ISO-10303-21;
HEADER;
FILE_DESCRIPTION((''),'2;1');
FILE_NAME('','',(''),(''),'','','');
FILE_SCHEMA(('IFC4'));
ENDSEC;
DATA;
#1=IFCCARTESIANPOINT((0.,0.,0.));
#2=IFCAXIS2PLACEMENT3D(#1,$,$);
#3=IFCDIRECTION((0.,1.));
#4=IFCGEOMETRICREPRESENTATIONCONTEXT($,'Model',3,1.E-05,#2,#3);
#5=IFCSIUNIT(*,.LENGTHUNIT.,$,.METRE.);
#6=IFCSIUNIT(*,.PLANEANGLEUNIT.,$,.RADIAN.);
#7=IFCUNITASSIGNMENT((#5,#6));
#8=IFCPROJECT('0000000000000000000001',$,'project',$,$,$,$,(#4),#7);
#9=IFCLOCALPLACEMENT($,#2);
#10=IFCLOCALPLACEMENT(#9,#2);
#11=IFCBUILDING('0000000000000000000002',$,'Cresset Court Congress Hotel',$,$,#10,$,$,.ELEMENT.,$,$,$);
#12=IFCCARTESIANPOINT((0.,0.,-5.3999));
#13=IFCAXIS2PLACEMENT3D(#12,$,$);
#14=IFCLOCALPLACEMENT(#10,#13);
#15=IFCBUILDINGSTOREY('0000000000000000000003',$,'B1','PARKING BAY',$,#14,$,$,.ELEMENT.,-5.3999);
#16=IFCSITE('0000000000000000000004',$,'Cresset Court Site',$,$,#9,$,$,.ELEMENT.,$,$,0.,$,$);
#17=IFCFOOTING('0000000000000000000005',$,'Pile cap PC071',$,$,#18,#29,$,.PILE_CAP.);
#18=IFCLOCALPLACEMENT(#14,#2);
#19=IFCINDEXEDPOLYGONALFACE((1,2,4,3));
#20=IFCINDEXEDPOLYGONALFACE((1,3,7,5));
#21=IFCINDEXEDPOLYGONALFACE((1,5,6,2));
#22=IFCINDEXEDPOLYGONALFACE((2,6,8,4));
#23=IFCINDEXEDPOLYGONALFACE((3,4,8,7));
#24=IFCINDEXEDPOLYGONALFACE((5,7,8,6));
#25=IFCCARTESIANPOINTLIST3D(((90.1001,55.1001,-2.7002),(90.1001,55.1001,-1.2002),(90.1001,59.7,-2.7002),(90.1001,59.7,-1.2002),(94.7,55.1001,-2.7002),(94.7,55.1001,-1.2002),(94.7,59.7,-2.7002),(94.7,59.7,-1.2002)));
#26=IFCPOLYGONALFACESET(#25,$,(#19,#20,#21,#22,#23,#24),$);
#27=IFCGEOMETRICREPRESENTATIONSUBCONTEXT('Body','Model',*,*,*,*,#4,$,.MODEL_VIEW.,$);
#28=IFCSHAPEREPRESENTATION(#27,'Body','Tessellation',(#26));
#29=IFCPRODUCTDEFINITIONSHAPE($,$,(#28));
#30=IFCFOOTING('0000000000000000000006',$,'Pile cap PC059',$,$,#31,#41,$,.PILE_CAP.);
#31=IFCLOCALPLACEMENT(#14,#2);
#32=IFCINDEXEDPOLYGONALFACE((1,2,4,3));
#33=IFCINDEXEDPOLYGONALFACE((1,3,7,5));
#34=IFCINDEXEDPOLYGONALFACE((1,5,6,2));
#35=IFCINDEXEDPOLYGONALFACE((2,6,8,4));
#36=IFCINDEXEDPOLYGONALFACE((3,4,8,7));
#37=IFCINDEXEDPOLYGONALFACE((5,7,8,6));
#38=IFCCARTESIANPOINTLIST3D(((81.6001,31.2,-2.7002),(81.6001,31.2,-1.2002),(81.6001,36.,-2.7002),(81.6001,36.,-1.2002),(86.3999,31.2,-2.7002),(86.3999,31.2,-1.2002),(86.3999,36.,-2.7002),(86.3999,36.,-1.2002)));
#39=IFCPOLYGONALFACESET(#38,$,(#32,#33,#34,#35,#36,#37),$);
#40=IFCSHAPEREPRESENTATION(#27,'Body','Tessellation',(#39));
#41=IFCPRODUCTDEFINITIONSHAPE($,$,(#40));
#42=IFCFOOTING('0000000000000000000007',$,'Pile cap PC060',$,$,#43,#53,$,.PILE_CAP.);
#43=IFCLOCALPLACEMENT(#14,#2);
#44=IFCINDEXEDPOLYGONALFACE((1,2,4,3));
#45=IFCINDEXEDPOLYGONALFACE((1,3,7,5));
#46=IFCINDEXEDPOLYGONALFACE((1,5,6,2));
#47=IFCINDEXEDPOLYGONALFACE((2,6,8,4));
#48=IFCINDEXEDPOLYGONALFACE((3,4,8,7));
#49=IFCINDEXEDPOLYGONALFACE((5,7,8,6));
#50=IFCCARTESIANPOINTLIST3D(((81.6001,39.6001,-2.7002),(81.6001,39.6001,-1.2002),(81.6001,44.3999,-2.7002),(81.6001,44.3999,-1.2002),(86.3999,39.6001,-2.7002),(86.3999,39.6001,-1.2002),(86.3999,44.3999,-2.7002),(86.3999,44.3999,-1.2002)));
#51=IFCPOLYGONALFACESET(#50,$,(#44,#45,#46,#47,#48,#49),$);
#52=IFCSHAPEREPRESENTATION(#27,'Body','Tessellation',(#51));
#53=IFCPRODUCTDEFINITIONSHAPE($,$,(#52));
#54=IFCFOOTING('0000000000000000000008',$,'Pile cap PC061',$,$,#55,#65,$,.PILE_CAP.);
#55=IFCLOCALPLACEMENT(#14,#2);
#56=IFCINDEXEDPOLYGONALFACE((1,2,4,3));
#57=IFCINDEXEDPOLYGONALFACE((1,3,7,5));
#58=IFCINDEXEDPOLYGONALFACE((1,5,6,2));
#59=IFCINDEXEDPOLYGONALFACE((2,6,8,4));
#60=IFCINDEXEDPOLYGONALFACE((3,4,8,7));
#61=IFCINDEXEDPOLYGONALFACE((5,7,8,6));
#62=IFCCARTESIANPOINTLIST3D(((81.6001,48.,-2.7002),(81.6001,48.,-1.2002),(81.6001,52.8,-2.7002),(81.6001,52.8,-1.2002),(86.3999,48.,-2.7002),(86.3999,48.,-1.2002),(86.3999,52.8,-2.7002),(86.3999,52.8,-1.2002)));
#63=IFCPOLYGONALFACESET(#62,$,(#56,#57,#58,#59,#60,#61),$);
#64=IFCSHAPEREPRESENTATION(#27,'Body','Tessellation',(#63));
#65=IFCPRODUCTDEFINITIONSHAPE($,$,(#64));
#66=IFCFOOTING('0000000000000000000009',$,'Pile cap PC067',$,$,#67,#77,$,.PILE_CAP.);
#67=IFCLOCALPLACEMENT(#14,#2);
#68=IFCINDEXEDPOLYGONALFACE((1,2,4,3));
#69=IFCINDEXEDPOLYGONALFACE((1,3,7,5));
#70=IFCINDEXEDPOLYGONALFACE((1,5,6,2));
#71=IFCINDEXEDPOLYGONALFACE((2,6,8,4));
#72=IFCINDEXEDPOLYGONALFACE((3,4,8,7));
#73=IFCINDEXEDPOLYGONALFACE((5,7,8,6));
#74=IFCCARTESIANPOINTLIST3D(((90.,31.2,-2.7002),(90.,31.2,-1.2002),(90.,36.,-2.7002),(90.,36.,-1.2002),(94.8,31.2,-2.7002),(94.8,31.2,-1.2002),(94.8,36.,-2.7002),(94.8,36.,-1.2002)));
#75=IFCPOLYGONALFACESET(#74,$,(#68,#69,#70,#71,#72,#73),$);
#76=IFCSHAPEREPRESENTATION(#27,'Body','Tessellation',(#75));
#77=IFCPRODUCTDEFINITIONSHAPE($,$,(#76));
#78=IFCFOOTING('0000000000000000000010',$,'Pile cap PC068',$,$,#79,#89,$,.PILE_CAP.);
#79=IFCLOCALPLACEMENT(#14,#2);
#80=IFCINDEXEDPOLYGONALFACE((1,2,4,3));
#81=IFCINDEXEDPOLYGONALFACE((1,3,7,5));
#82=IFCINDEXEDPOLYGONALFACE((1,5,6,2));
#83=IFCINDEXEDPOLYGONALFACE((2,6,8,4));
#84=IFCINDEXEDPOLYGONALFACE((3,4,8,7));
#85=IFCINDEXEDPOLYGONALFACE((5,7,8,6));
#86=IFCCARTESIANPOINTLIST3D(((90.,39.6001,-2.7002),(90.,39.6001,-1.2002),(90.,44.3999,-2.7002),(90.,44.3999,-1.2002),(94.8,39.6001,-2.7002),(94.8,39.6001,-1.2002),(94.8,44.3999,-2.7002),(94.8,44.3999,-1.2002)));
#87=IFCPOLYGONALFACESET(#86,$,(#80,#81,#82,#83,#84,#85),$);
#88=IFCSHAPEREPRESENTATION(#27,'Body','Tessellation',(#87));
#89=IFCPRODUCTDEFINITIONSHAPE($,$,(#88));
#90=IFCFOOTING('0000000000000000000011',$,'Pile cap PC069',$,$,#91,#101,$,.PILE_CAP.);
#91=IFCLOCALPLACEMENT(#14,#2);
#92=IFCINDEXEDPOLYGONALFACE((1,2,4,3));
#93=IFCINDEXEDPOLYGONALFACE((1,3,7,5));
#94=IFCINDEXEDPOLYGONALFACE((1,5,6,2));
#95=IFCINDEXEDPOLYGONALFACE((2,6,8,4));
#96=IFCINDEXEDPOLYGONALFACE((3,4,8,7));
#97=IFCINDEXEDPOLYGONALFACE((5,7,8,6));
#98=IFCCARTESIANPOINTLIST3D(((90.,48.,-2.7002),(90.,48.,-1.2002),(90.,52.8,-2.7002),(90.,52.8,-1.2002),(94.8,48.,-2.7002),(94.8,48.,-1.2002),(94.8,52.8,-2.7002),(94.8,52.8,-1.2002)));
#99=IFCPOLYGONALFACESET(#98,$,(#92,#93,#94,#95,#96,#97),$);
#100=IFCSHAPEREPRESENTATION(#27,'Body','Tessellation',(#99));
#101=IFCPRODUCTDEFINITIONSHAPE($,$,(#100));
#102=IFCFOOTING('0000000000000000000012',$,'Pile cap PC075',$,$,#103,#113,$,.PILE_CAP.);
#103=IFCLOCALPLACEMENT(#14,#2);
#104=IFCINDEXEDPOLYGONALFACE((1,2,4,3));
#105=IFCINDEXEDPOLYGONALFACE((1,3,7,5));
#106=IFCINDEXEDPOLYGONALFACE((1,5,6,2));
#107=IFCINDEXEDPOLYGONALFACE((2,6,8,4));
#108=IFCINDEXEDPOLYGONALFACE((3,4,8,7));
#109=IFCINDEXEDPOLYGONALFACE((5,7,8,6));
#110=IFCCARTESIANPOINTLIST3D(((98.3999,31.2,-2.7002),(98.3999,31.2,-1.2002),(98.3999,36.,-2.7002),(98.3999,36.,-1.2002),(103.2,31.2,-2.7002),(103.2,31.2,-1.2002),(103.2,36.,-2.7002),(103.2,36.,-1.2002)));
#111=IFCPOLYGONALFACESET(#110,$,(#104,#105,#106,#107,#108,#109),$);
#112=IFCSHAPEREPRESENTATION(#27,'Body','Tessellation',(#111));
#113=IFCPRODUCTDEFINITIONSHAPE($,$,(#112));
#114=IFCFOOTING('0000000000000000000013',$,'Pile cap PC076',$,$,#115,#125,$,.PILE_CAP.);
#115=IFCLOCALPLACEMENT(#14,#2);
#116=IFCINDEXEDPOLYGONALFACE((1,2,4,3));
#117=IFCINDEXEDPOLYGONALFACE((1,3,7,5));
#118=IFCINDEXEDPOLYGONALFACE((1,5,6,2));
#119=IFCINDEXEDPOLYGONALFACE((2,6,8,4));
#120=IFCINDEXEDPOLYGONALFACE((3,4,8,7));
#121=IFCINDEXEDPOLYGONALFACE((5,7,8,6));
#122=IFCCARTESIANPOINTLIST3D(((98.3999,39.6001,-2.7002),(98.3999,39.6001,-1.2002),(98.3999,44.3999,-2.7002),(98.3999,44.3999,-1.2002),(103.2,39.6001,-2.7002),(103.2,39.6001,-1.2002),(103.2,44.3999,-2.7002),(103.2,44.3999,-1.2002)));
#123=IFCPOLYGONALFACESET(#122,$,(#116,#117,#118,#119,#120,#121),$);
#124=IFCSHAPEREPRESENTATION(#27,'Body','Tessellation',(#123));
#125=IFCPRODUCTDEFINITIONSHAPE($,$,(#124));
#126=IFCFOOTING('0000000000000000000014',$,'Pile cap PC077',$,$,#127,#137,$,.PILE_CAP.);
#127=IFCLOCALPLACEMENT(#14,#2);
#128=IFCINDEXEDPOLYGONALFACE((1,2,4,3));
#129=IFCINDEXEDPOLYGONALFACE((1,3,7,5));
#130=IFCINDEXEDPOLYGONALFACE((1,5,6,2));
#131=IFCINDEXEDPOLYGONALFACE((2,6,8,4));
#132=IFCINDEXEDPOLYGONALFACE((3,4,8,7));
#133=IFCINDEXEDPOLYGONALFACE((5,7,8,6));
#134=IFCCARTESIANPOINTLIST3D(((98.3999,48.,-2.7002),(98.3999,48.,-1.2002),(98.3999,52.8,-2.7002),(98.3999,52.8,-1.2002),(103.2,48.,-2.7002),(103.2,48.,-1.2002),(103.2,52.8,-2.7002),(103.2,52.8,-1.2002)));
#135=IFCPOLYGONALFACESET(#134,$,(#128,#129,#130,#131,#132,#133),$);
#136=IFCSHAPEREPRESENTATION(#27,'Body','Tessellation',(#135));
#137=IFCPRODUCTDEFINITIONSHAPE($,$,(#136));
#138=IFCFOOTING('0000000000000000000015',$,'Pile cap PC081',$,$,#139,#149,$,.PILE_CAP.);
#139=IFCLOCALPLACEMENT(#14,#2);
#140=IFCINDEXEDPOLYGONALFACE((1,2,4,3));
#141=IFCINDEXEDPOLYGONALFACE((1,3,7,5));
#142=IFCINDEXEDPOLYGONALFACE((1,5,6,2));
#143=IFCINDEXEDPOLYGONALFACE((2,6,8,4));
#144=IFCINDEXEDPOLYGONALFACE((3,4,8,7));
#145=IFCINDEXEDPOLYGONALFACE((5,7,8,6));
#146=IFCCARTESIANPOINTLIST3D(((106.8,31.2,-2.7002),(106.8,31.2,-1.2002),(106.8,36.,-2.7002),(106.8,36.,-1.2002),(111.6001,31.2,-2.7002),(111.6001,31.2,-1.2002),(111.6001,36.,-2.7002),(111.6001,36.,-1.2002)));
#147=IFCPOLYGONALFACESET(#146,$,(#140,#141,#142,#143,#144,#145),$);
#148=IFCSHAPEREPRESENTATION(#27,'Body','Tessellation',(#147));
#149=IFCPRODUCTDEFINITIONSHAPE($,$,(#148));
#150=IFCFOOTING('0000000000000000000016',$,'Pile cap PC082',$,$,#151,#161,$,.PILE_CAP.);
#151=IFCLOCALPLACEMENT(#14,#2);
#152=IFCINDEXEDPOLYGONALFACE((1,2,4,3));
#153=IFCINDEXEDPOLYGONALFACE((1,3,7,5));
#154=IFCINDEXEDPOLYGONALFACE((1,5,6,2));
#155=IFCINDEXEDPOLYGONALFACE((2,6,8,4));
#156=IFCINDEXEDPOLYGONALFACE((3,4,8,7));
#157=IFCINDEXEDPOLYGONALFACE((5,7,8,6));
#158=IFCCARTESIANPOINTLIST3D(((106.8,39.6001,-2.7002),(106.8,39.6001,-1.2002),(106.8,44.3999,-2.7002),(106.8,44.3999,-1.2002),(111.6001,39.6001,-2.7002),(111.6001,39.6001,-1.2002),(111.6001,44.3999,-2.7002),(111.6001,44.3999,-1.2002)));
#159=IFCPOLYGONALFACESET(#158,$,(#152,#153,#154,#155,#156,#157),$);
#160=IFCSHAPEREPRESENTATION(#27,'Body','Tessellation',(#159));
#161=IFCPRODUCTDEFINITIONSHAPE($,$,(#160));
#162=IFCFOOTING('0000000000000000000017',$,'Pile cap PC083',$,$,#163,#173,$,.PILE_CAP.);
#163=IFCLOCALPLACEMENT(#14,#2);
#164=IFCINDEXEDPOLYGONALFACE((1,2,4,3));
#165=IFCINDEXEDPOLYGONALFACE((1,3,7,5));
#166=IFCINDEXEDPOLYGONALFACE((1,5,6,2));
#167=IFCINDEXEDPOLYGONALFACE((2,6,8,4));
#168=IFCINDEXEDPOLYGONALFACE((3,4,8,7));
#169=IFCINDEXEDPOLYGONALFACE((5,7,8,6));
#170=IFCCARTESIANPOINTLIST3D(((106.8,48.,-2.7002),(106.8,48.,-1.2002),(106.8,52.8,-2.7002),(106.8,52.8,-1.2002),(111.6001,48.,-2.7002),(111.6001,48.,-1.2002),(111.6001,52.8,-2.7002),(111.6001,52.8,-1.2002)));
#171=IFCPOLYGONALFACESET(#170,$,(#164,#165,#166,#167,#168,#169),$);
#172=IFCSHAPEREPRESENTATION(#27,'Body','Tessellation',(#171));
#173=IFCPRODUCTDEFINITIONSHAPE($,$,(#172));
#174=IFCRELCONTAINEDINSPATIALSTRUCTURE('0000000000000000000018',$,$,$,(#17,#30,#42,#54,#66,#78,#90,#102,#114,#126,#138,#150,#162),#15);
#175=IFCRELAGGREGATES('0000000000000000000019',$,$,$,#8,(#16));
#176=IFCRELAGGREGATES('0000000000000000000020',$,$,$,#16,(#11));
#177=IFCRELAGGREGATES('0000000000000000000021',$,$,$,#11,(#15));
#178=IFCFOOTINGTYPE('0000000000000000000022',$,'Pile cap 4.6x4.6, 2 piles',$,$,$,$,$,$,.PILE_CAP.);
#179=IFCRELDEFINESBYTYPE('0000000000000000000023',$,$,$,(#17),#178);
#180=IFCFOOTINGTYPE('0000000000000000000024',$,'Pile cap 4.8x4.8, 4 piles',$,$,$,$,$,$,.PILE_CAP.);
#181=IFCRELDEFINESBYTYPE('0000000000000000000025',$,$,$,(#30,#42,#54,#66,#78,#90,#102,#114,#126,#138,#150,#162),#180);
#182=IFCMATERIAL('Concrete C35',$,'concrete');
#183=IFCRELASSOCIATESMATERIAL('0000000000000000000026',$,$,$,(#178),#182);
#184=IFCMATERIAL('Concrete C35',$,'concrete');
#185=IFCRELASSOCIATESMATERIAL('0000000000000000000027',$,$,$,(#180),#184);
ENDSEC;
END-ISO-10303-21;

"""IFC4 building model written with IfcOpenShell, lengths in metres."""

from ifc_helpers import new_model, si_unit, direction, frame, origin, place, context, subcontext, project, spatial, polyline, outline, extrude, material, type_object, element, save


model = new_model("IFC4")

# Units and contexts
model_context = context("Model", 3, precision=1e-05, world=origin(), true_north=direction((0.0, 1.0)))
body_context = subcontext(model_context, "Body", "Model", "MODEL_VIEW")
ifc_project = project(units=[si_unit("LENGTHUNIT", "METRE"), si_unit("PLANEANGLEUNIT", "RADIAN")], contexts=[model_context])

# Site, building, storey
site_placement = place(None, origin())
site = spatial("IfcSite", under=ifc_project, at=site_placement, Name="Cresset Court Site", CompositionType="ELEMENT", RefElevation=0.0)
building_placement = place(site_placement, origin())
building = spatial("IfcBuilding", under=site, at=building_placement, Name="Cresset Court Congress Hotel", CompositionType="ELEMENT")
storey_placement = place(building_placement, frame((0.0, 0.0, -5.3999)))
storey = spatial("IfcBuildingStorey", under=building, at=storey_placement, Name="B1", Description="PARKING BAY", CompositionType="ELEMENT", Elevation=-5.3999)

# Footings
ifc_material_1 = material(Name="Concrete C35", Category="concrete")
footing_type_1 = type_object("IfcFootingType", Name="Pile cap 4.6x4.6, 2 piles", PredefinedType="PILE_CAP", material=ifc_material_1)
footing_1_placement = place(storey_placement, frame((0.0, 0.0, -2.7002)))
element("IfcFooting", 1, at=footing_1_placement, inside=storey, type_object=footing_type_1, Name="Pile cap PC071", PredefinedType="PILE_CAP", context=body_context, shape_type="SweptSolid", body=[
    extrude(outline(polyline([(94.7, 59.7), (94.7, 55.1001), (90.1001, 55.1001), (90.1001, 59.7), (94.7, 59.7)])), origin(), (0.0, 0.0, 1.0), 1.5),
])
ifc_material_2 = material(Name="Concrete C35", Category="concrete")
footing_type_2 = type_object("IfcFootingType", Name="Pile cap 4.8x4.8, 4 piles", PredefinedType="PILE_CAP", material=ifc_material_2)
footing_2_placement = place(storey_placement, frame((0.0, 0.0, -2.7002)))
element("IfcFooting", 2, at=footing_2_placement, inside=storey, type_object=footing_type_2, Name="Pile cap PC059", PredefinedType="PILE_CAP", context=body_context, shape_type="SweptSolid", body=[
    extrude(outline(polyline([(86.3999, 31.2), (81.6001, 31.2), (81.6001, 36.0), (86.3999, 36.0), (86.3999, 31.2)])), origin(), (0.0, 0.0, 1.0), 1.5),
])
footing_3_placement = place(storey_placement, frame((0.0, 0.0, -2.7002)))
element("IfcFooting", 3, at=footing_3_placement, inside=storey, type_object=footing_type_2, Name="Pile cap PC060", PredefinedType="PILE_CAP", context=body_context, shape_type="SweptSolid", body=[
    extrude(outline(polyline([(86.3999, 39.6001), (81.6001, 39.6001), (81.6001, 44.3999), (86.3999, 44.3999), (86.3999, 39.6001)])), origin(), (0.0, 0.0, 1.0), 1.5),
])
footing_4_placement = place(storey_placement, frame((0.0, 0.0, -2.7002)))
element("IfcFooting", 4, at=footing_4_placement, inside=storey, type_object=footing_type_2, Name="Pile cap PC061", PredefinedType="PILE_CAP", context=body_context, shape_type="SweptSolid", body=[
    extrude(outline(polyline([(86.3999, 48.0), (81.6001, 48.0), (81.6001, 52.8), (86.3999, 52.8), (86.3999, 48.0)])), origin(), (0.0, 0.0, 1.0), 1.5),
])
footing_5_placement = place(storey_placement, frame((0.0, 0.0, -2.7002)))
element("IfcFooting", 5, at=footing_5_placement, inside=storey, type_object=footing_type_2, Name="Pile cap PC067", PredefinedType="PILE_CAP", context=body_context, shape_type="SweptSolid", body=[
    extrude(outline(polyline([(94.8, 36.0), (94.8, 31.2), (90.0, 31.2), (90.0, 36.0), (94.8, 36.0)])), origin(), (0.0, 0.0, 1.0), 1.5),
])
footing_6_placement = place(storey_placement, frame((0.0, 0.0, -2.7002)))
element("IfcFooting", 6, at=footing_6_placement, inside=storey, type_object=footing_type_2, Name="Pile cap PC068", PredefinedType="PILE_CAP", context=body_context, shape_type="SweptSolid", body=[
    extrude(outline(polyline([(94.8, 39.6001), (90.0, 39.6001), (90.0, 44.3999), (94.8, 44.3999), (94.8, 39.6001)])), origin(), (0.0, 0.0, 1.0), 1.5),
])
footing_7_placement = place(storey_placement, frame((0.0, 0.0, -2.7002)))
element("IfcFooting", 7, at=footing_7_placement, inside=storey, type_object=footing_type_2, Name="Pile cap PC069", PredefinedType="PILE_CAP", context=body_context, shape_type="SweptSolid", body=[
    extrude(outline(polyline([(94.8, 52.8), (94.8, 48.0), (90.0, 48.0), (90.0, 52.8), (94.8, 52.8)])), origin(), (0.0, 0.0, 1.0), 1.5),
])
footing_8_placement = place(storey_placement, frame((0.0, 0.0, -2.7002)))
element("IfcFooting", 8, at=footing_8_placement, inside=storey, type_object=footing_type_2, Name="Pile cap PC075", PredefinedType="PILE_CAP", context=body_context, shape_type="SweptSolid", body=[
    extrude(outline(polyline([(103.2, 31.2), (98.3999, 31.2), (98.3999, 36.0), (103.2, 36.0), (103.2, 31.2)])), origin(), (0.0, 0.0, 1.0), 1.5),
])
footing_9_placement = place(storey_placement, frame((0.0, 0.0, -2.7002)))
element("IfcFooting", 9, at=footing_9_placement, inside=storey, type_object=footing_type_2, Name="Pile cap PC076", PredefinedType="PILE_CAP", context=body_context, shape_type="SweptSolid", body=[
    extrude(outline(polyline([(103.2, 44.3999), (103.2, 39.6001), (98.3999, 39.6001), (98.3999, 44.3999), (103.2, 44.3999)])), origin(), (0.0, 0.0, 1.0), 1.5),
])
footing_10_placement = place(storey_placement, frame((0.0, 0.0, -2.7002)))
element("IfcFooting", 10, at=footing_10_placement, inside=storey, type_object=footing_type_2, Name="Pile cap PC077", PredefinedType="PILE_CAP", context=body_context, shape_type="SweptSolid", body=[
    extrude(outline(polyline([(103.2, 48.0), (98.3999, 48.0), (98.3999, 52.8), (103.2, 52.8), (103.2, 48.0)])), origin(), (0.0, 0.0, 1.0), 1.5),
])
footing_11_placement = place(storey_placement, frame((0.0, 0.0, -2.7002)))
element("IfcFooting", 11, at=footing_11_placement, inside=storey, type_object=footing_type_2, Name="Pile cap PC081", PredefinedType="PILE_CAP", context=body_context, shape_type="SweptSolid", body=[
    extrude(outline(polyline([(111.6001, 31.2), (106.8, 31.2), (106.8, 36.0), (111.6001, 36.0), (111.6001, 31.2)])), origin(), (0.0, 0.0, 1.0), 1.5),
])
footing_12_placement = place(storey_placement, frame((0.0, 0.0, -2.7002)))
element("IfcFooting", 12, at=footing_12_placement, inside=storey, type_object=footing_type_2, Name="Pile cap PC082", PredefinedType="PILE_CAP", context=body_context, shape_type="SweptSolid", body=[
    extrude(outline(polyline([(111.6001, 39.6001), (106.8, 39.6001), (106.8, 44.3999), (111.6001, 44.3999), (111.6001, 39.6001)])), origin(), (0.0, 0.0, 1.0), 1.5),
])
footing_13_placement = place(storey_placement, frame((0.0, 0.0, -2.7002)))
element("IfcFooting", 13, at=footing_13_placement, inside=storey, type_object=footing_type_2, Name="Pile cap PC083", PredefinedType="PILE_CAP", context=body_context, shape_type="SweptSolid", body=[
    extrude(outline(polyline([(111.6001, 48.0), (106.8, 48.0), (106.8, 52.8), (111.6001, 52.8), (111.6001, 48.0)])), origin(), (0.0, 0.0, 1.0), 1.5),
])

save(model, "model.ifc")
